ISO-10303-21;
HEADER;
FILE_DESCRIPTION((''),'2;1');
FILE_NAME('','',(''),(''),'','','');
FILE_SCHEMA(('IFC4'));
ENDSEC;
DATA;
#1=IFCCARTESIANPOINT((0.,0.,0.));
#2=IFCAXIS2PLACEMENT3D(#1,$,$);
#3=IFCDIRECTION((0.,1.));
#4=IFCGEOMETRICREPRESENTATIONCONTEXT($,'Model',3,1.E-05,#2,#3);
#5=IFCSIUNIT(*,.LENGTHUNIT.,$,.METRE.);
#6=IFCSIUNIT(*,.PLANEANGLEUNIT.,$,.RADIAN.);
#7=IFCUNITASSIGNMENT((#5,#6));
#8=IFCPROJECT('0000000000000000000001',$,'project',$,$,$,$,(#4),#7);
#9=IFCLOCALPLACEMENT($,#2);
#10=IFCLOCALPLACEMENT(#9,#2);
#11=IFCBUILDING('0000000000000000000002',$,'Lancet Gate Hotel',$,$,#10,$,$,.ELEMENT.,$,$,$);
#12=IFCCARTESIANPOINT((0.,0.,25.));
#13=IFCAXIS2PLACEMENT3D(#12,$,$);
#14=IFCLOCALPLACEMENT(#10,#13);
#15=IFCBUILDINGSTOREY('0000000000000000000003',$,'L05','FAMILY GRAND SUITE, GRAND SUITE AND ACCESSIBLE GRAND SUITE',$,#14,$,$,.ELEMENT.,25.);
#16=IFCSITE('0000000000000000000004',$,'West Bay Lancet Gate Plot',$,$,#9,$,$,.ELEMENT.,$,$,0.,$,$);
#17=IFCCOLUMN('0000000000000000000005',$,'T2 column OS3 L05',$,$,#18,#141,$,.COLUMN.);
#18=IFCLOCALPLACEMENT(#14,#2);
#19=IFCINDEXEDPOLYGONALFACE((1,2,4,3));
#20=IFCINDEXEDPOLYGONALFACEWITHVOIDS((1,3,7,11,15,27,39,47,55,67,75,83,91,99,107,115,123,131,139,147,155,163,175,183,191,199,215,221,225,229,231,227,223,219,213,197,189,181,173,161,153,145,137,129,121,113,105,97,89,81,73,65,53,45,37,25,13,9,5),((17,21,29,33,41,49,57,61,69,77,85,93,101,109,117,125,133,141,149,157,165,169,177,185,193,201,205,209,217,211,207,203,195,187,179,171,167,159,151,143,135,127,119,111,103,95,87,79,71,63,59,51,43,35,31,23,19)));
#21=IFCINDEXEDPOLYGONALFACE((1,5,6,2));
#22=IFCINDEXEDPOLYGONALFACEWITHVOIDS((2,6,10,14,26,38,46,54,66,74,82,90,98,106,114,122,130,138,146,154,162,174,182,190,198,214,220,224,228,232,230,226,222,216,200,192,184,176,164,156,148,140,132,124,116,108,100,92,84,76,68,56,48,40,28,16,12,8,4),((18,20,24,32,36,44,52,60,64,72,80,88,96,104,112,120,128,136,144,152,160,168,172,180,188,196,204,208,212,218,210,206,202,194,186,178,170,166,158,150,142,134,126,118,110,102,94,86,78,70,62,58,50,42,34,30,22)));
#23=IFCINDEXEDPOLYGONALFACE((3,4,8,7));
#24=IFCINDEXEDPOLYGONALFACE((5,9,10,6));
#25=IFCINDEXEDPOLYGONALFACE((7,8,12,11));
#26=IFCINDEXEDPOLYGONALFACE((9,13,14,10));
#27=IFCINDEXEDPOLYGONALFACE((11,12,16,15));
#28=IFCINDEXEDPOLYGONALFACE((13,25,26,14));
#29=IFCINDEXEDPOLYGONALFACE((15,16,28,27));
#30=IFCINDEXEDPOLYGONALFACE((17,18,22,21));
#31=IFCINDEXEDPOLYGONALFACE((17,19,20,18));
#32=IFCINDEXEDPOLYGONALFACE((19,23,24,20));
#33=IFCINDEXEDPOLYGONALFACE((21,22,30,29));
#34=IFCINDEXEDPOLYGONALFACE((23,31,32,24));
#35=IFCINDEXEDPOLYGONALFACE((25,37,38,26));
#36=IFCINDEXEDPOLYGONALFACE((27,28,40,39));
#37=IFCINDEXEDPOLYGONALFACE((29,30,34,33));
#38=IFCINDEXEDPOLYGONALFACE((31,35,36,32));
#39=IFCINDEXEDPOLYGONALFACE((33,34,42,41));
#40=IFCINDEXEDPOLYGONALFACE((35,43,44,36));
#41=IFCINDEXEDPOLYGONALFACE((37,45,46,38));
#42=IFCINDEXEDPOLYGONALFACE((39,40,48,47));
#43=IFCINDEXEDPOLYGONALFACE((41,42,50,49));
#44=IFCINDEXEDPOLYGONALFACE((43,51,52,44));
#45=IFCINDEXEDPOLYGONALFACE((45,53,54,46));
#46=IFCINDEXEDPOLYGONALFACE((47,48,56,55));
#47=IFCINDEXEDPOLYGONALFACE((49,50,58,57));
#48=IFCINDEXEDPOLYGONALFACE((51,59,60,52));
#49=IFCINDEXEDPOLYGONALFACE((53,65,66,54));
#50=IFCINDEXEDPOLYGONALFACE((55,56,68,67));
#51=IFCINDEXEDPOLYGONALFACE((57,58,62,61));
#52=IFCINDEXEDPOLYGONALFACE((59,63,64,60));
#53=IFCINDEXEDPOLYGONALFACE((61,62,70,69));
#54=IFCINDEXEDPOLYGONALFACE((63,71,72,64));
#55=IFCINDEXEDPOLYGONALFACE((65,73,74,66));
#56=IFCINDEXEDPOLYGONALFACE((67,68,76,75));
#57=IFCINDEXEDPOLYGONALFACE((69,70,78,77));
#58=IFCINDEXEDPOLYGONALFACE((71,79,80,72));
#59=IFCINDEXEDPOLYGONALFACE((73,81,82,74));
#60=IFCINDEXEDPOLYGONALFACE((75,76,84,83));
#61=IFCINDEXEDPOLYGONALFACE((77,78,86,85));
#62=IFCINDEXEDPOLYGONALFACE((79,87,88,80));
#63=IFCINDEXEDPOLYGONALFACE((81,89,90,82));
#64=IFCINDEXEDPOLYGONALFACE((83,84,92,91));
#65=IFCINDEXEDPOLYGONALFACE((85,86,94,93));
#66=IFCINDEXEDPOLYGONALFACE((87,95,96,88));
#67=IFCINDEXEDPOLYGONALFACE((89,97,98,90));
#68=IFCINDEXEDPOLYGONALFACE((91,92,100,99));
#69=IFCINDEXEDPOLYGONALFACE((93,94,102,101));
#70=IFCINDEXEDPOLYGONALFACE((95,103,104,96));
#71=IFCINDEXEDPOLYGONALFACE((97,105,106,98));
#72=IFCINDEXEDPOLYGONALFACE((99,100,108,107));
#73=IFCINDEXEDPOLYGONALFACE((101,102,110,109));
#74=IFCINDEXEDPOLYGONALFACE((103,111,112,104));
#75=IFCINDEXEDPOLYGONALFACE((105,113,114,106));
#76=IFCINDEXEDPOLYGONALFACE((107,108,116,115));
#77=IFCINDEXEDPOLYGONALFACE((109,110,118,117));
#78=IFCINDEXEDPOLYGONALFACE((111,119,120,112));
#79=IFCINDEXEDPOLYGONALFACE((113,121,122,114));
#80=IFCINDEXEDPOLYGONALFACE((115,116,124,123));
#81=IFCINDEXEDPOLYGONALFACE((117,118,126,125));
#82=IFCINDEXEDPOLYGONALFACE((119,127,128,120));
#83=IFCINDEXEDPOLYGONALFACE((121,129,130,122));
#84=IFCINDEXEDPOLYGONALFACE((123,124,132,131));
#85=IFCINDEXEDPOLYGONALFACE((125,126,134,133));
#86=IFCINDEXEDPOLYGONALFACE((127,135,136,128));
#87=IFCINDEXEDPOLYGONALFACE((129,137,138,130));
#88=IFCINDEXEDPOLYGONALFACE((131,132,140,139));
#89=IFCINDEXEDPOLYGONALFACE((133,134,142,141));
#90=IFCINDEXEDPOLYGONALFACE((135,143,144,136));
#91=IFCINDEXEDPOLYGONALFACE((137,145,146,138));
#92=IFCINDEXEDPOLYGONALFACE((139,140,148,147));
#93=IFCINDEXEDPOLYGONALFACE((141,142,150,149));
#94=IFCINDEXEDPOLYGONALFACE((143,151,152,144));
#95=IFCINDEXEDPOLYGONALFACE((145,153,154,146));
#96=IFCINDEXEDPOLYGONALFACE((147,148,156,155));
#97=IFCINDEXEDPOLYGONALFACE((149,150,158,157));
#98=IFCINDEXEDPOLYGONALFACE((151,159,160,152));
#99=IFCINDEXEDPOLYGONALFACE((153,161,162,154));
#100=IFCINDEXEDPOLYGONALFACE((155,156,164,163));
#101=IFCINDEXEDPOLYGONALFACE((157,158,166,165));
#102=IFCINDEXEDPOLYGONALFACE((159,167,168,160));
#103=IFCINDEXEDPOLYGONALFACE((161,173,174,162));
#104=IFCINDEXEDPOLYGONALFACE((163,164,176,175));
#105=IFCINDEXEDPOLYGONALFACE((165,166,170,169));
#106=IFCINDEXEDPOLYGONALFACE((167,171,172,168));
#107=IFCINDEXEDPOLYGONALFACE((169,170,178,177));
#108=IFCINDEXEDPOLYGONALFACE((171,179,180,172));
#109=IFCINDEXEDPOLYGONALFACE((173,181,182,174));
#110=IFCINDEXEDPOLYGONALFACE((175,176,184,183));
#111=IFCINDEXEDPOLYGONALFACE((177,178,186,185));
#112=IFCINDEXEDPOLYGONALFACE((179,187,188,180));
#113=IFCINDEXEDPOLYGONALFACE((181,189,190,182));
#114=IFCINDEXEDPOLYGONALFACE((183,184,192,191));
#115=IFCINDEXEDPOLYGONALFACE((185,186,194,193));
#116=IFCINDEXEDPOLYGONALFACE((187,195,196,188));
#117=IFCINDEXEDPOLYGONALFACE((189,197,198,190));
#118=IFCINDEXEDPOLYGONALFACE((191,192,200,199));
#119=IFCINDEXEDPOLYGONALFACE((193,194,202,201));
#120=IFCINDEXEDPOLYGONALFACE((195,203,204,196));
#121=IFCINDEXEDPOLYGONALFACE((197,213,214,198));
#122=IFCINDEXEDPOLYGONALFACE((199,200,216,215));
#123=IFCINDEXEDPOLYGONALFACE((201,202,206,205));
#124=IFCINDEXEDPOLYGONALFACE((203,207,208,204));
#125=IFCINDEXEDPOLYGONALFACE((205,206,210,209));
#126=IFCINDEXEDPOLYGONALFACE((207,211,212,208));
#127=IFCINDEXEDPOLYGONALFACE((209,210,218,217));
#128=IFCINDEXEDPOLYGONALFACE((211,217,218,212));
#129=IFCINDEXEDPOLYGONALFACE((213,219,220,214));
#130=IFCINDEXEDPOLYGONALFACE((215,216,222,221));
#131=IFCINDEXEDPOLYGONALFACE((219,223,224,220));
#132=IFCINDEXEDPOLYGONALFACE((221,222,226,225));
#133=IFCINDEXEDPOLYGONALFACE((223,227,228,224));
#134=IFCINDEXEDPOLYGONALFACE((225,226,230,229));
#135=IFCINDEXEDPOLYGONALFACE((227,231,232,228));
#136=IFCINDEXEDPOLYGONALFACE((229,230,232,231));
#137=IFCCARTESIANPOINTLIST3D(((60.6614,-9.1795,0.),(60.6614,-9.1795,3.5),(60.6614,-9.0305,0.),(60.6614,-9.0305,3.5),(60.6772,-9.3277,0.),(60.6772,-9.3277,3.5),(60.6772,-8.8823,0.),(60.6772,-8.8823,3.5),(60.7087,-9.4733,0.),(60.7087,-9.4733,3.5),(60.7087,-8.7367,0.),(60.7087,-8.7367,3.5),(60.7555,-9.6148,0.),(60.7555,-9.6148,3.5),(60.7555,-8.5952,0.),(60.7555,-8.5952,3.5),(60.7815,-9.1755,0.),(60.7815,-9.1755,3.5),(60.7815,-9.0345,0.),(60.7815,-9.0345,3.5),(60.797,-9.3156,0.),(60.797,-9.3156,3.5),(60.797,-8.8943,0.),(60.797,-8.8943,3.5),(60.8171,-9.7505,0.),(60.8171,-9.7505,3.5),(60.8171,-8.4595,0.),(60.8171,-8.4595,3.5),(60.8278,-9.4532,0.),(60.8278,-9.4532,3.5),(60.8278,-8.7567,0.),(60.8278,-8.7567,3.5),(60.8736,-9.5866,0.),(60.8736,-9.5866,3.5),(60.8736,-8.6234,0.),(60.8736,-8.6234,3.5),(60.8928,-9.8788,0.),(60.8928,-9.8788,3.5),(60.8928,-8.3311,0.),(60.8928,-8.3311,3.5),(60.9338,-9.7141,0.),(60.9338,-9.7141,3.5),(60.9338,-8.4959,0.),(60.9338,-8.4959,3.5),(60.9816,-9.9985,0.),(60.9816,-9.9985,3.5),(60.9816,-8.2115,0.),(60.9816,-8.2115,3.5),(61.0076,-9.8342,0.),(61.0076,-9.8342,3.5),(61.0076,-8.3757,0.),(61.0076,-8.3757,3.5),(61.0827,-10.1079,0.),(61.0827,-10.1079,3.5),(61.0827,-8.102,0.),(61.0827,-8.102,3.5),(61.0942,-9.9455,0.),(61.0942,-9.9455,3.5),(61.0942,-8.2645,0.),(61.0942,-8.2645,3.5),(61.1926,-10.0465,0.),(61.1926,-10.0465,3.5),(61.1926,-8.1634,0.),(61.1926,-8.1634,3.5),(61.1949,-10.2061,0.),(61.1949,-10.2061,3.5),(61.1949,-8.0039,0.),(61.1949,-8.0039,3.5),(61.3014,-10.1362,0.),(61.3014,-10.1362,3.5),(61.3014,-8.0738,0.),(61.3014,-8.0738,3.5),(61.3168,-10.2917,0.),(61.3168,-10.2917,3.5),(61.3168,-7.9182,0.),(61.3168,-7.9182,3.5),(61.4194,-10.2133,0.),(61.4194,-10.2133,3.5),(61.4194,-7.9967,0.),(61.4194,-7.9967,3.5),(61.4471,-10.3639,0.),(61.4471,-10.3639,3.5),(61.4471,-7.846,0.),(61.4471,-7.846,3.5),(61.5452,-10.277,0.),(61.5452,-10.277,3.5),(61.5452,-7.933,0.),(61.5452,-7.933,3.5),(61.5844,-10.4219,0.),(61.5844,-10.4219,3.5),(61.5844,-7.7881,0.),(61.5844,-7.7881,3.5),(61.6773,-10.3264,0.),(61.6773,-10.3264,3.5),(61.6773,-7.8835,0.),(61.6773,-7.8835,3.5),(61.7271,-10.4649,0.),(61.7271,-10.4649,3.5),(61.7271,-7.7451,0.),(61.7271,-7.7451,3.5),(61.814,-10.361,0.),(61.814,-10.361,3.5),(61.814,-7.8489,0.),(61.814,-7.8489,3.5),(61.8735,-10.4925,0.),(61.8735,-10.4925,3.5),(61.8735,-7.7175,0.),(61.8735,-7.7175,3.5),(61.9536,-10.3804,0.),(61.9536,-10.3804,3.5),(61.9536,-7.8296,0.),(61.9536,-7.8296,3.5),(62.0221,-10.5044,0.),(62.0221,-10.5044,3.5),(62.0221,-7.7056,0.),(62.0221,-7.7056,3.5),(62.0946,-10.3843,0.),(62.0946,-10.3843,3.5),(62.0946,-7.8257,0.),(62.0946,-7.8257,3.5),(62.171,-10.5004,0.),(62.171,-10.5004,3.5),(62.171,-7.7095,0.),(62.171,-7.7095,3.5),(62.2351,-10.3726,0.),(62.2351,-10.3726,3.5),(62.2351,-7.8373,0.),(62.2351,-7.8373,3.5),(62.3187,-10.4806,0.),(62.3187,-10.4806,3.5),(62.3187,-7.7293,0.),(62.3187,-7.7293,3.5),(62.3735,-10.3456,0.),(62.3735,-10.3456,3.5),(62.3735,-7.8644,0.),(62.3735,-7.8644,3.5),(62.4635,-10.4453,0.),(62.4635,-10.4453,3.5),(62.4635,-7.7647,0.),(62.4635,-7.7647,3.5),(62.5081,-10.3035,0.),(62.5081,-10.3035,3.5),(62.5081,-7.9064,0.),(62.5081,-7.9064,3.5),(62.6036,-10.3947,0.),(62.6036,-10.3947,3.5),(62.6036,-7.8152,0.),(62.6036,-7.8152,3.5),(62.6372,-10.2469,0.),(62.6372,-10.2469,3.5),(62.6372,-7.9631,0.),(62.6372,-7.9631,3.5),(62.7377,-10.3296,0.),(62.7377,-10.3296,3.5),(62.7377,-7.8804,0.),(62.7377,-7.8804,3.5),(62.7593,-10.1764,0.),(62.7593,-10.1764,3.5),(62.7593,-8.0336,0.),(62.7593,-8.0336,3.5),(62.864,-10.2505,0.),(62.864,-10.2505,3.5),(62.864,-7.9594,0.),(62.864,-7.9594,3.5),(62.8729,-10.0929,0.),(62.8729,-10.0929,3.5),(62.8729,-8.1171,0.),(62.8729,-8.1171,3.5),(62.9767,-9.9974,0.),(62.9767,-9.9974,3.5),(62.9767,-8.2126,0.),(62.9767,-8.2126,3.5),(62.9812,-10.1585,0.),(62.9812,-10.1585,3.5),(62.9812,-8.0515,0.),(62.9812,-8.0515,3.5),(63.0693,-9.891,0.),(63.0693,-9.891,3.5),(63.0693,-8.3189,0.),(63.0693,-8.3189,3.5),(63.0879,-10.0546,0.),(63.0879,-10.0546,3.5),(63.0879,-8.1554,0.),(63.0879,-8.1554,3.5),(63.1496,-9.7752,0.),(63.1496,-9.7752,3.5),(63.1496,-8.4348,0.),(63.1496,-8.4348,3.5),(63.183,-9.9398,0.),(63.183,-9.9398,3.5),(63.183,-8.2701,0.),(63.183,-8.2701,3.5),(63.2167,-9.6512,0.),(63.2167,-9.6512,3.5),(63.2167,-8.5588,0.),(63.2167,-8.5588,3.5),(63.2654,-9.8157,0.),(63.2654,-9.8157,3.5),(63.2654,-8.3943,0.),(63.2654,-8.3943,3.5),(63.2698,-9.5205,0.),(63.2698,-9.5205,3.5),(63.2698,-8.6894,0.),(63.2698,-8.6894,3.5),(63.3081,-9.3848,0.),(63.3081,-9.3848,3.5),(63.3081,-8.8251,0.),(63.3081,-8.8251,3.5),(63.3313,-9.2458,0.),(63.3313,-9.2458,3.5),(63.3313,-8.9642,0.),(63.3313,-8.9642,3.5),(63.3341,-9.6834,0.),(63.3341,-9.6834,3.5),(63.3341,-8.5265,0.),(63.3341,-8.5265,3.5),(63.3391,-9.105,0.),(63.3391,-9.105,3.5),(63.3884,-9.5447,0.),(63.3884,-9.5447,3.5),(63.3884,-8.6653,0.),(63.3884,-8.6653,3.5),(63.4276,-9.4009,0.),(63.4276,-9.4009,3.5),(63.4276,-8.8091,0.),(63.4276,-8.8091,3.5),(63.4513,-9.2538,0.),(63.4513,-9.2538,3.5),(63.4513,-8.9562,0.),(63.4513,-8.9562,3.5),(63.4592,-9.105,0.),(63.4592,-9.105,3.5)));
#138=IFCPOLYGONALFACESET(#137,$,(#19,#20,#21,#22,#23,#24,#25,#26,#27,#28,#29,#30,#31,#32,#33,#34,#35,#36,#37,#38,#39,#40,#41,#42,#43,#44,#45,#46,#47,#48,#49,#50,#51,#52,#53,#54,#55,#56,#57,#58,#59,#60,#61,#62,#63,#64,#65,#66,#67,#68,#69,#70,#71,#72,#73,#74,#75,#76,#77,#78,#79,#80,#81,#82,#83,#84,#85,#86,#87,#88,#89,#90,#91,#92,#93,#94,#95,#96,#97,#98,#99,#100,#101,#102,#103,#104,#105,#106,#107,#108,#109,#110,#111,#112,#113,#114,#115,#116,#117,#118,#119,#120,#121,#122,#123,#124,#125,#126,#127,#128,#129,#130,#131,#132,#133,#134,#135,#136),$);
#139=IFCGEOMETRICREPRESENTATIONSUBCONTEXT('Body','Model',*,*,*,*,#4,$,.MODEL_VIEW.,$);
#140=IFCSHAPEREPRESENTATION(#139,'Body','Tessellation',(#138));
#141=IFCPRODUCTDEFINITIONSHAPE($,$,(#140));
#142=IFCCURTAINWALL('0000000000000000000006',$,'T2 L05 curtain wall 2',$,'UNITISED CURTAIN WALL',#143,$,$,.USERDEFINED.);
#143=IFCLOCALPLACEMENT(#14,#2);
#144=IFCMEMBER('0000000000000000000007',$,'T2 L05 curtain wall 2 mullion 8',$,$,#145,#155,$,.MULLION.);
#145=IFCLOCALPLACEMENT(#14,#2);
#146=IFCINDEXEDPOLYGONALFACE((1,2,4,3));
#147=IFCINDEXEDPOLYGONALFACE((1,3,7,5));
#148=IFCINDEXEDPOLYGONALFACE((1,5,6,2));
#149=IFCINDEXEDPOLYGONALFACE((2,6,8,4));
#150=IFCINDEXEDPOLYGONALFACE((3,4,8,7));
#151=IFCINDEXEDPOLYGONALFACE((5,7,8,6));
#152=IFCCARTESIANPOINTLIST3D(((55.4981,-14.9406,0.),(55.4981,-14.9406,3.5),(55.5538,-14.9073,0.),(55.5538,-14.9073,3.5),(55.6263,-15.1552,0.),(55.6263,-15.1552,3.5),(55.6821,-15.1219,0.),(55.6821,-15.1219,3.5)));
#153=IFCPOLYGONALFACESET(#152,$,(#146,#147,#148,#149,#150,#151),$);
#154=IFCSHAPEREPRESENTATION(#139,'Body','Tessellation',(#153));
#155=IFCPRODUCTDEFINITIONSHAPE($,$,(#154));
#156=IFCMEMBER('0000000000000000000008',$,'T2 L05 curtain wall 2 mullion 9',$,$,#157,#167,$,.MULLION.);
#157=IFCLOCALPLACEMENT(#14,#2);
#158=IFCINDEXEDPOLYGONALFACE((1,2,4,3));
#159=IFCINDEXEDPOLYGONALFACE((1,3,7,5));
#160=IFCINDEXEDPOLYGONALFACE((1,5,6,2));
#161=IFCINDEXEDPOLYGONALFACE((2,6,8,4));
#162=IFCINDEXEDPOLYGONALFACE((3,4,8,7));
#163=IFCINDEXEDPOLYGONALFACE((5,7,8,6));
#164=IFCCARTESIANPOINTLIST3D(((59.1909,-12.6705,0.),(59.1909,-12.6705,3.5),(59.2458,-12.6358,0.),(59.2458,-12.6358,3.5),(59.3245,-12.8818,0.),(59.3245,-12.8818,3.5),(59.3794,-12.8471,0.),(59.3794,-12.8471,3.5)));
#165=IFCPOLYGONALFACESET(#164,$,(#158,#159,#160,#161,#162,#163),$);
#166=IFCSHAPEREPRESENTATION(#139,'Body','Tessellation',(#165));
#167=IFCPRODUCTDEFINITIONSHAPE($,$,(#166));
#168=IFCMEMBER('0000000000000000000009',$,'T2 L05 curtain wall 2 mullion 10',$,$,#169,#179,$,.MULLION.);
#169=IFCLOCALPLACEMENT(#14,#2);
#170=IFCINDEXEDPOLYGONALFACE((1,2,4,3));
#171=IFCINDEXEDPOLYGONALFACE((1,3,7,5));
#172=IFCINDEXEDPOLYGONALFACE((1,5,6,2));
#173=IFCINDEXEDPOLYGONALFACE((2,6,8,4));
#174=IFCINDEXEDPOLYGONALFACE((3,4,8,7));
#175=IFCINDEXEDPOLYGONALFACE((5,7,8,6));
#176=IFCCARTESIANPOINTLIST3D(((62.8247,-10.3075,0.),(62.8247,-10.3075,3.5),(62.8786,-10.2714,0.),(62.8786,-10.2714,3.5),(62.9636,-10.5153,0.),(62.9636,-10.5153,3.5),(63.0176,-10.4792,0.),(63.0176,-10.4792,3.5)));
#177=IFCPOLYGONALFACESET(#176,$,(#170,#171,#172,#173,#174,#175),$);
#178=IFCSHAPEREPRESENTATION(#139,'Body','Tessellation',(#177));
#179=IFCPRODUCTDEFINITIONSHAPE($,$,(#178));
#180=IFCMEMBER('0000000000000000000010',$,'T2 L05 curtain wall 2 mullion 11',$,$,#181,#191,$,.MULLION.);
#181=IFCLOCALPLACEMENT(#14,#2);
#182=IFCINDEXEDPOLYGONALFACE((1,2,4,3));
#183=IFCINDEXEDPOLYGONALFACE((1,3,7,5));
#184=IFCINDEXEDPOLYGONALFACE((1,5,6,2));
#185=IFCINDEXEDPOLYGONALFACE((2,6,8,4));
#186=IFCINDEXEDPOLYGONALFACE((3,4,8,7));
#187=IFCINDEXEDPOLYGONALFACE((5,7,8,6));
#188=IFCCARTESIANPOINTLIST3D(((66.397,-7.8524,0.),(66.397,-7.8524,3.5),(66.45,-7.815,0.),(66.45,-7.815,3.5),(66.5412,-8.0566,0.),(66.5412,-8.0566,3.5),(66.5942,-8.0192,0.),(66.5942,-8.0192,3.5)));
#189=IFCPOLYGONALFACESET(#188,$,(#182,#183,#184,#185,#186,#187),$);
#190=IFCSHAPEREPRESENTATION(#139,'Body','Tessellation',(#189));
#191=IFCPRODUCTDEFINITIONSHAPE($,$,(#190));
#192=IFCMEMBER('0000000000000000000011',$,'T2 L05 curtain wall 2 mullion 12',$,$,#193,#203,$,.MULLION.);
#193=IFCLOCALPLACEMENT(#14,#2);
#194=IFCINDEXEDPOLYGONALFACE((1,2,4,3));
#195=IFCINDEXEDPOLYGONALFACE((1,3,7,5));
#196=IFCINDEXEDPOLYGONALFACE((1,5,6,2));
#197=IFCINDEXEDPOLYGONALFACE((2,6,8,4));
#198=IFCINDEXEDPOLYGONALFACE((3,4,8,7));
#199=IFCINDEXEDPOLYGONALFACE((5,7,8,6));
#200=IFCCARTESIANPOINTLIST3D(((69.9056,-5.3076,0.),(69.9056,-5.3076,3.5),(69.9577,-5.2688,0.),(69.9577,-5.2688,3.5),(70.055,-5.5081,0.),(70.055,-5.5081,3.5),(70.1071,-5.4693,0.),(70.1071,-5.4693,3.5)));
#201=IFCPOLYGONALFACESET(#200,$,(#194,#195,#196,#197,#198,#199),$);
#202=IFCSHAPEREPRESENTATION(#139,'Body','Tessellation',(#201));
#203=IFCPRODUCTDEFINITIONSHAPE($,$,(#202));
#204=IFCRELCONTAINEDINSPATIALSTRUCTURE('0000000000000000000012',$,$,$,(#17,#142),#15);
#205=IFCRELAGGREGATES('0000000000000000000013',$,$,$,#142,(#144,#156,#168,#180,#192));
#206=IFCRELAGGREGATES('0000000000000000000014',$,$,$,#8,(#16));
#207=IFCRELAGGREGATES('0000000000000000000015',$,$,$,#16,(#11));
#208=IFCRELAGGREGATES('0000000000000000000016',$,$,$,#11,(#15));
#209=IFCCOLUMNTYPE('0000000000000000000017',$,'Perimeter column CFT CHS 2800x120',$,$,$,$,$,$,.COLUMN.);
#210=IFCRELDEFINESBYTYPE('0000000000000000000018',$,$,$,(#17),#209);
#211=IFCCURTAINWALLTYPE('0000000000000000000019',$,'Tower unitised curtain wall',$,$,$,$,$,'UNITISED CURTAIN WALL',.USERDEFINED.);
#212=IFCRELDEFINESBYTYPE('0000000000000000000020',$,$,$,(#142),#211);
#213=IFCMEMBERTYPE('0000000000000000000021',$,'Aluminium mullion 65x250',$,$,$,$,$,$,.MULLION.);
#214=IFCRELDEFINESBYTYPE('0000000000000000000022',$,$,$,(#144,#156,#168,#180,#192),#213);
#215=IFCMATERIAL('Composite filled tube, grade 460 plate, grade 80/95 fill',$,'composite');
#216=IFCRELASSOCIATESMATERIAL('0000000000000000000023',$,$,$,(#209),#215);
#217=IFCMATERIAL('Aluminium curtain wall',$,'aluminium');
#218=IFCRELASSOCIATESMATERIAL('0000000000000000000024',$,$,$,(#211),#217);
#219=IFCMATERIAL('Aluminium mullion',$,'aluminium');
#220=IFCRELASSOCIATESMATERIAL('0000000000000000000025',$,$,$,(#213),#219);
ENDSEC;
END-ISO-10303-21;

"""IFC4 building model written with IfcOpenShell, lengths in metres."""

from ifc_helpers import new_model, si_unit, direction, frame, origin, origin_2d, place, context, subcontext, project, spatial, rectangle, hollow_circle, extrude, material, material_profile, profile_set, type_object, element, aggregate, save


model = new_model("IFC4")

# Units and contexts
model_context = context("Model", 3, precision=1e-05, world=origin(), true_north=direction((0.0, 1.0)))
body_context = subcontext(model_context, "Body", "Model", "MODEL_VIEW")
ifc_project = project(units=[si_unit("LENGTHUNIT", "METRE"), si_unit("PLANEANGLEUNIT", "RADIAN")], contexts=[model_context])

# Site, building, storey
site_placement = place(None, origin())
site = spatial("IfcSite", under=ifc_project, at=site_placement, Name="West Bay Lancet Gate Plot", CompositionType="ELEMENT", RefElevation=0.0)
building_placement = place(site_placement, origin())
building = spatial("IfcBuilding", under=site, at=building_placement, Name="Lancet Gate Hotel", CompositionType="ELEMENT")
storey_placement = place(building_placement, frame((0.0, 0.0, 25.0)))
storey = spatial("IfcBuildingStorey", under=building, at=storey_placement, Name="L05", Description="FAMILY GRAND SUITE, GRAND SUITE AND ACCESSIBLE GRAND SUITE", CompositionType="ELEMENT", Elevation=25.0)

# Column
ifc_material_1 = material(Name="Composite filled tube, grade 460 plate, grade 80/95 fill", Category="composite")
ifc_material_profile_1 = material_profile(ifc_material_1, hollow_circle(Radius=1.3999, WallThickness=0.1201, at=origin_2d()), Name="CHS 2800x120")
ifc_profile_set_1 = profile_set([ifc_material_profile_1], Name="Composite filled tube, grade 460 plate, grade 80/95 fill")
column_type = type_object("IfcColumnType", Name="Perimeter column CFT CHS 2800x120", PredefinedType="COLUMN", material=ifc_profile_set_1)
for number, where, z_axis, x_axis, name in (
    (1, (62.0593, -9.105, 0.0), (0.0, 0.0, 1.0), (1.0, 0.0, 0.0), "T2 column OS3 L05"),
):
    element("IfcColumn", number, at=place(storey_placement, frame(where, z_axis=z_axis, x_axis=x_axis)), inside=storey, type_object=column_type, Name=name, PredefinedType="COLUMN", context=body_context, shape_type="SweptSolid", body=[
        extrude(hollow_circle(Radius=1.3999, WallThickness=0.1201, at=origin_2d()), origin(), (0.0, 0.0, 1.0), 3.5),
    ])

# Curtain wall, members
ifc_material_2 = material(Name="Aluminium curtain wall", Category="aluminium")
curtain_wall_type = type_object("IfcCurtainWallType", Name="Tower unitised curtain wall", ElementType="UNITISED CURTAIN WALL", PredefinedType="USERDEFINED", material=ifc_material_2)
curtain_wall_placement = place(storey_placement, origin())
curtain_wall = element("IfcCurtainWall", 2, at=curtain_wall_placement, inside=storey, type_object=curtain_wall_type, Name="T2 L05 curtain wall 2", ObjectType="UNITISED CURTAIN WALL", PredefinedType="USERDEFINED")
ifc_material_3 = material(Name="Aluminium mullion", Category="aluminium")
ifc_material_profile_2 = material_profile(ifc_material_3, rectangle(XDim=0.0649, YDim=0.25, at=origin_2d()), Name="MULLION 65x250")
ifc_profile_set_2 = profile_set([ifc_material_profile_2], Name="Aluminium mullion")
member_type_1 = type_object("IfcMemberType", Name="Aluminium mullion 65x250", PredefinedType="MULLION", material=ifc_profile_set_2)
member_1_placement = place(storey_placement, frame((55.5901, -15.0312, 0.0), z_axis=(0.0, 0.0, 1.0), x_axis=(0.858413, 0.512959, 0.0)))
member_1 = element("IfcMember", 3, at=member_1_placement, type_object=member_type_1, Name="T2 L05 curtain wall 2 mullion 8", PredefinedType="MULLION", context=body_context, shape_type="SweptSolid", body=[
    extrude(rectangle(XDim=0.0649, YDim=0.25, at=origin_2d()), origin(), (0.0, 0.0, 1.0), 3.5),
])
member_2_placement = place(storey_placement, frame((59.2852, -12.7588, 0.0), z_axis=(0.0, 0.0, 1.0), x_axis=(0.845079, 0.534641, 0.0)))
member_2 = element("IfcMember", 4, at=member_2_placement, type_object=member_type_1, Name="T2 L05 curtain wall 2 mullion 9", PredefinedType="MULLION", context=body_context, shape_type="SweptSolid", body=[
    extrude(rectangle(XDim=0.0649, YDim=0.25, at=origin_2d()), origin(), (0.0, 0.0, 1.0), 3.5),
])
member_3_placement = place(storey_placement, frame((62.9211, -10.3933, 0.0), z_axis=(0.0, 0.0, 1.0), x_axis=(0.831198, 0.555976, 0.0)))
member_3 = element("IfcMember", 5, at=member_3_placement, type_object=member_type_1, Name="T2 L05 curtain wall 2 mullion 10", PredefinedType="MULLION", context=body_context, shape_type="SweptSolid", body=[
    extrude(rectangle(XDim=0.0649, YDim=0.25, at=origin_2d()), origin(), (0.0, 0.0, 1.0), 3.5),
])
member_4_placement = place(storey_placement, frame((66.4956, -7.9358, 0.0), z_axis=(0.0, 0.0, 1.0), x_axis=(0.816779, 0.576951, 0.0)))
member_4 = element("IfcMember", 6, at=member_4_placement, type_object=member_type_1, Name="T2 L05 curtain wall 2 mullion 11", PredefinedType="MULLION", context=body_context, shape_type="SweptSolid", body=[
    extrude(rectangle(XDim=0.0649, YDim=0.25, at=origin_2d()), origin(), (0.0, 0.0, 1.0), 3.5),
])
member_5_placement = place(storey_placement, frame((70.0063, -5.3884, 0.0), z_axis=(0.0, 0.0, 1.0), x_axis=(0.80183, 0.597552, 0.0)))
member_5 = element("IfcMember", 7, at=member_5_placement, type_object=member_type_1, Name="T2 L05 curtain wall 2 mullion 12", PredefinedType="MULLION", context=body_context, shape_type="SweptSolid", body=[
    extrude(rectangle(XDim=0.0649, YDim=0.25, at=origin_2d()), origin(), (0.0, 0.0, 1.0), 3.5),
])

aggregate(curtain_wall, [member_1, member_2, member_3, member_4, member_5])

save(model, "model.ifc")
